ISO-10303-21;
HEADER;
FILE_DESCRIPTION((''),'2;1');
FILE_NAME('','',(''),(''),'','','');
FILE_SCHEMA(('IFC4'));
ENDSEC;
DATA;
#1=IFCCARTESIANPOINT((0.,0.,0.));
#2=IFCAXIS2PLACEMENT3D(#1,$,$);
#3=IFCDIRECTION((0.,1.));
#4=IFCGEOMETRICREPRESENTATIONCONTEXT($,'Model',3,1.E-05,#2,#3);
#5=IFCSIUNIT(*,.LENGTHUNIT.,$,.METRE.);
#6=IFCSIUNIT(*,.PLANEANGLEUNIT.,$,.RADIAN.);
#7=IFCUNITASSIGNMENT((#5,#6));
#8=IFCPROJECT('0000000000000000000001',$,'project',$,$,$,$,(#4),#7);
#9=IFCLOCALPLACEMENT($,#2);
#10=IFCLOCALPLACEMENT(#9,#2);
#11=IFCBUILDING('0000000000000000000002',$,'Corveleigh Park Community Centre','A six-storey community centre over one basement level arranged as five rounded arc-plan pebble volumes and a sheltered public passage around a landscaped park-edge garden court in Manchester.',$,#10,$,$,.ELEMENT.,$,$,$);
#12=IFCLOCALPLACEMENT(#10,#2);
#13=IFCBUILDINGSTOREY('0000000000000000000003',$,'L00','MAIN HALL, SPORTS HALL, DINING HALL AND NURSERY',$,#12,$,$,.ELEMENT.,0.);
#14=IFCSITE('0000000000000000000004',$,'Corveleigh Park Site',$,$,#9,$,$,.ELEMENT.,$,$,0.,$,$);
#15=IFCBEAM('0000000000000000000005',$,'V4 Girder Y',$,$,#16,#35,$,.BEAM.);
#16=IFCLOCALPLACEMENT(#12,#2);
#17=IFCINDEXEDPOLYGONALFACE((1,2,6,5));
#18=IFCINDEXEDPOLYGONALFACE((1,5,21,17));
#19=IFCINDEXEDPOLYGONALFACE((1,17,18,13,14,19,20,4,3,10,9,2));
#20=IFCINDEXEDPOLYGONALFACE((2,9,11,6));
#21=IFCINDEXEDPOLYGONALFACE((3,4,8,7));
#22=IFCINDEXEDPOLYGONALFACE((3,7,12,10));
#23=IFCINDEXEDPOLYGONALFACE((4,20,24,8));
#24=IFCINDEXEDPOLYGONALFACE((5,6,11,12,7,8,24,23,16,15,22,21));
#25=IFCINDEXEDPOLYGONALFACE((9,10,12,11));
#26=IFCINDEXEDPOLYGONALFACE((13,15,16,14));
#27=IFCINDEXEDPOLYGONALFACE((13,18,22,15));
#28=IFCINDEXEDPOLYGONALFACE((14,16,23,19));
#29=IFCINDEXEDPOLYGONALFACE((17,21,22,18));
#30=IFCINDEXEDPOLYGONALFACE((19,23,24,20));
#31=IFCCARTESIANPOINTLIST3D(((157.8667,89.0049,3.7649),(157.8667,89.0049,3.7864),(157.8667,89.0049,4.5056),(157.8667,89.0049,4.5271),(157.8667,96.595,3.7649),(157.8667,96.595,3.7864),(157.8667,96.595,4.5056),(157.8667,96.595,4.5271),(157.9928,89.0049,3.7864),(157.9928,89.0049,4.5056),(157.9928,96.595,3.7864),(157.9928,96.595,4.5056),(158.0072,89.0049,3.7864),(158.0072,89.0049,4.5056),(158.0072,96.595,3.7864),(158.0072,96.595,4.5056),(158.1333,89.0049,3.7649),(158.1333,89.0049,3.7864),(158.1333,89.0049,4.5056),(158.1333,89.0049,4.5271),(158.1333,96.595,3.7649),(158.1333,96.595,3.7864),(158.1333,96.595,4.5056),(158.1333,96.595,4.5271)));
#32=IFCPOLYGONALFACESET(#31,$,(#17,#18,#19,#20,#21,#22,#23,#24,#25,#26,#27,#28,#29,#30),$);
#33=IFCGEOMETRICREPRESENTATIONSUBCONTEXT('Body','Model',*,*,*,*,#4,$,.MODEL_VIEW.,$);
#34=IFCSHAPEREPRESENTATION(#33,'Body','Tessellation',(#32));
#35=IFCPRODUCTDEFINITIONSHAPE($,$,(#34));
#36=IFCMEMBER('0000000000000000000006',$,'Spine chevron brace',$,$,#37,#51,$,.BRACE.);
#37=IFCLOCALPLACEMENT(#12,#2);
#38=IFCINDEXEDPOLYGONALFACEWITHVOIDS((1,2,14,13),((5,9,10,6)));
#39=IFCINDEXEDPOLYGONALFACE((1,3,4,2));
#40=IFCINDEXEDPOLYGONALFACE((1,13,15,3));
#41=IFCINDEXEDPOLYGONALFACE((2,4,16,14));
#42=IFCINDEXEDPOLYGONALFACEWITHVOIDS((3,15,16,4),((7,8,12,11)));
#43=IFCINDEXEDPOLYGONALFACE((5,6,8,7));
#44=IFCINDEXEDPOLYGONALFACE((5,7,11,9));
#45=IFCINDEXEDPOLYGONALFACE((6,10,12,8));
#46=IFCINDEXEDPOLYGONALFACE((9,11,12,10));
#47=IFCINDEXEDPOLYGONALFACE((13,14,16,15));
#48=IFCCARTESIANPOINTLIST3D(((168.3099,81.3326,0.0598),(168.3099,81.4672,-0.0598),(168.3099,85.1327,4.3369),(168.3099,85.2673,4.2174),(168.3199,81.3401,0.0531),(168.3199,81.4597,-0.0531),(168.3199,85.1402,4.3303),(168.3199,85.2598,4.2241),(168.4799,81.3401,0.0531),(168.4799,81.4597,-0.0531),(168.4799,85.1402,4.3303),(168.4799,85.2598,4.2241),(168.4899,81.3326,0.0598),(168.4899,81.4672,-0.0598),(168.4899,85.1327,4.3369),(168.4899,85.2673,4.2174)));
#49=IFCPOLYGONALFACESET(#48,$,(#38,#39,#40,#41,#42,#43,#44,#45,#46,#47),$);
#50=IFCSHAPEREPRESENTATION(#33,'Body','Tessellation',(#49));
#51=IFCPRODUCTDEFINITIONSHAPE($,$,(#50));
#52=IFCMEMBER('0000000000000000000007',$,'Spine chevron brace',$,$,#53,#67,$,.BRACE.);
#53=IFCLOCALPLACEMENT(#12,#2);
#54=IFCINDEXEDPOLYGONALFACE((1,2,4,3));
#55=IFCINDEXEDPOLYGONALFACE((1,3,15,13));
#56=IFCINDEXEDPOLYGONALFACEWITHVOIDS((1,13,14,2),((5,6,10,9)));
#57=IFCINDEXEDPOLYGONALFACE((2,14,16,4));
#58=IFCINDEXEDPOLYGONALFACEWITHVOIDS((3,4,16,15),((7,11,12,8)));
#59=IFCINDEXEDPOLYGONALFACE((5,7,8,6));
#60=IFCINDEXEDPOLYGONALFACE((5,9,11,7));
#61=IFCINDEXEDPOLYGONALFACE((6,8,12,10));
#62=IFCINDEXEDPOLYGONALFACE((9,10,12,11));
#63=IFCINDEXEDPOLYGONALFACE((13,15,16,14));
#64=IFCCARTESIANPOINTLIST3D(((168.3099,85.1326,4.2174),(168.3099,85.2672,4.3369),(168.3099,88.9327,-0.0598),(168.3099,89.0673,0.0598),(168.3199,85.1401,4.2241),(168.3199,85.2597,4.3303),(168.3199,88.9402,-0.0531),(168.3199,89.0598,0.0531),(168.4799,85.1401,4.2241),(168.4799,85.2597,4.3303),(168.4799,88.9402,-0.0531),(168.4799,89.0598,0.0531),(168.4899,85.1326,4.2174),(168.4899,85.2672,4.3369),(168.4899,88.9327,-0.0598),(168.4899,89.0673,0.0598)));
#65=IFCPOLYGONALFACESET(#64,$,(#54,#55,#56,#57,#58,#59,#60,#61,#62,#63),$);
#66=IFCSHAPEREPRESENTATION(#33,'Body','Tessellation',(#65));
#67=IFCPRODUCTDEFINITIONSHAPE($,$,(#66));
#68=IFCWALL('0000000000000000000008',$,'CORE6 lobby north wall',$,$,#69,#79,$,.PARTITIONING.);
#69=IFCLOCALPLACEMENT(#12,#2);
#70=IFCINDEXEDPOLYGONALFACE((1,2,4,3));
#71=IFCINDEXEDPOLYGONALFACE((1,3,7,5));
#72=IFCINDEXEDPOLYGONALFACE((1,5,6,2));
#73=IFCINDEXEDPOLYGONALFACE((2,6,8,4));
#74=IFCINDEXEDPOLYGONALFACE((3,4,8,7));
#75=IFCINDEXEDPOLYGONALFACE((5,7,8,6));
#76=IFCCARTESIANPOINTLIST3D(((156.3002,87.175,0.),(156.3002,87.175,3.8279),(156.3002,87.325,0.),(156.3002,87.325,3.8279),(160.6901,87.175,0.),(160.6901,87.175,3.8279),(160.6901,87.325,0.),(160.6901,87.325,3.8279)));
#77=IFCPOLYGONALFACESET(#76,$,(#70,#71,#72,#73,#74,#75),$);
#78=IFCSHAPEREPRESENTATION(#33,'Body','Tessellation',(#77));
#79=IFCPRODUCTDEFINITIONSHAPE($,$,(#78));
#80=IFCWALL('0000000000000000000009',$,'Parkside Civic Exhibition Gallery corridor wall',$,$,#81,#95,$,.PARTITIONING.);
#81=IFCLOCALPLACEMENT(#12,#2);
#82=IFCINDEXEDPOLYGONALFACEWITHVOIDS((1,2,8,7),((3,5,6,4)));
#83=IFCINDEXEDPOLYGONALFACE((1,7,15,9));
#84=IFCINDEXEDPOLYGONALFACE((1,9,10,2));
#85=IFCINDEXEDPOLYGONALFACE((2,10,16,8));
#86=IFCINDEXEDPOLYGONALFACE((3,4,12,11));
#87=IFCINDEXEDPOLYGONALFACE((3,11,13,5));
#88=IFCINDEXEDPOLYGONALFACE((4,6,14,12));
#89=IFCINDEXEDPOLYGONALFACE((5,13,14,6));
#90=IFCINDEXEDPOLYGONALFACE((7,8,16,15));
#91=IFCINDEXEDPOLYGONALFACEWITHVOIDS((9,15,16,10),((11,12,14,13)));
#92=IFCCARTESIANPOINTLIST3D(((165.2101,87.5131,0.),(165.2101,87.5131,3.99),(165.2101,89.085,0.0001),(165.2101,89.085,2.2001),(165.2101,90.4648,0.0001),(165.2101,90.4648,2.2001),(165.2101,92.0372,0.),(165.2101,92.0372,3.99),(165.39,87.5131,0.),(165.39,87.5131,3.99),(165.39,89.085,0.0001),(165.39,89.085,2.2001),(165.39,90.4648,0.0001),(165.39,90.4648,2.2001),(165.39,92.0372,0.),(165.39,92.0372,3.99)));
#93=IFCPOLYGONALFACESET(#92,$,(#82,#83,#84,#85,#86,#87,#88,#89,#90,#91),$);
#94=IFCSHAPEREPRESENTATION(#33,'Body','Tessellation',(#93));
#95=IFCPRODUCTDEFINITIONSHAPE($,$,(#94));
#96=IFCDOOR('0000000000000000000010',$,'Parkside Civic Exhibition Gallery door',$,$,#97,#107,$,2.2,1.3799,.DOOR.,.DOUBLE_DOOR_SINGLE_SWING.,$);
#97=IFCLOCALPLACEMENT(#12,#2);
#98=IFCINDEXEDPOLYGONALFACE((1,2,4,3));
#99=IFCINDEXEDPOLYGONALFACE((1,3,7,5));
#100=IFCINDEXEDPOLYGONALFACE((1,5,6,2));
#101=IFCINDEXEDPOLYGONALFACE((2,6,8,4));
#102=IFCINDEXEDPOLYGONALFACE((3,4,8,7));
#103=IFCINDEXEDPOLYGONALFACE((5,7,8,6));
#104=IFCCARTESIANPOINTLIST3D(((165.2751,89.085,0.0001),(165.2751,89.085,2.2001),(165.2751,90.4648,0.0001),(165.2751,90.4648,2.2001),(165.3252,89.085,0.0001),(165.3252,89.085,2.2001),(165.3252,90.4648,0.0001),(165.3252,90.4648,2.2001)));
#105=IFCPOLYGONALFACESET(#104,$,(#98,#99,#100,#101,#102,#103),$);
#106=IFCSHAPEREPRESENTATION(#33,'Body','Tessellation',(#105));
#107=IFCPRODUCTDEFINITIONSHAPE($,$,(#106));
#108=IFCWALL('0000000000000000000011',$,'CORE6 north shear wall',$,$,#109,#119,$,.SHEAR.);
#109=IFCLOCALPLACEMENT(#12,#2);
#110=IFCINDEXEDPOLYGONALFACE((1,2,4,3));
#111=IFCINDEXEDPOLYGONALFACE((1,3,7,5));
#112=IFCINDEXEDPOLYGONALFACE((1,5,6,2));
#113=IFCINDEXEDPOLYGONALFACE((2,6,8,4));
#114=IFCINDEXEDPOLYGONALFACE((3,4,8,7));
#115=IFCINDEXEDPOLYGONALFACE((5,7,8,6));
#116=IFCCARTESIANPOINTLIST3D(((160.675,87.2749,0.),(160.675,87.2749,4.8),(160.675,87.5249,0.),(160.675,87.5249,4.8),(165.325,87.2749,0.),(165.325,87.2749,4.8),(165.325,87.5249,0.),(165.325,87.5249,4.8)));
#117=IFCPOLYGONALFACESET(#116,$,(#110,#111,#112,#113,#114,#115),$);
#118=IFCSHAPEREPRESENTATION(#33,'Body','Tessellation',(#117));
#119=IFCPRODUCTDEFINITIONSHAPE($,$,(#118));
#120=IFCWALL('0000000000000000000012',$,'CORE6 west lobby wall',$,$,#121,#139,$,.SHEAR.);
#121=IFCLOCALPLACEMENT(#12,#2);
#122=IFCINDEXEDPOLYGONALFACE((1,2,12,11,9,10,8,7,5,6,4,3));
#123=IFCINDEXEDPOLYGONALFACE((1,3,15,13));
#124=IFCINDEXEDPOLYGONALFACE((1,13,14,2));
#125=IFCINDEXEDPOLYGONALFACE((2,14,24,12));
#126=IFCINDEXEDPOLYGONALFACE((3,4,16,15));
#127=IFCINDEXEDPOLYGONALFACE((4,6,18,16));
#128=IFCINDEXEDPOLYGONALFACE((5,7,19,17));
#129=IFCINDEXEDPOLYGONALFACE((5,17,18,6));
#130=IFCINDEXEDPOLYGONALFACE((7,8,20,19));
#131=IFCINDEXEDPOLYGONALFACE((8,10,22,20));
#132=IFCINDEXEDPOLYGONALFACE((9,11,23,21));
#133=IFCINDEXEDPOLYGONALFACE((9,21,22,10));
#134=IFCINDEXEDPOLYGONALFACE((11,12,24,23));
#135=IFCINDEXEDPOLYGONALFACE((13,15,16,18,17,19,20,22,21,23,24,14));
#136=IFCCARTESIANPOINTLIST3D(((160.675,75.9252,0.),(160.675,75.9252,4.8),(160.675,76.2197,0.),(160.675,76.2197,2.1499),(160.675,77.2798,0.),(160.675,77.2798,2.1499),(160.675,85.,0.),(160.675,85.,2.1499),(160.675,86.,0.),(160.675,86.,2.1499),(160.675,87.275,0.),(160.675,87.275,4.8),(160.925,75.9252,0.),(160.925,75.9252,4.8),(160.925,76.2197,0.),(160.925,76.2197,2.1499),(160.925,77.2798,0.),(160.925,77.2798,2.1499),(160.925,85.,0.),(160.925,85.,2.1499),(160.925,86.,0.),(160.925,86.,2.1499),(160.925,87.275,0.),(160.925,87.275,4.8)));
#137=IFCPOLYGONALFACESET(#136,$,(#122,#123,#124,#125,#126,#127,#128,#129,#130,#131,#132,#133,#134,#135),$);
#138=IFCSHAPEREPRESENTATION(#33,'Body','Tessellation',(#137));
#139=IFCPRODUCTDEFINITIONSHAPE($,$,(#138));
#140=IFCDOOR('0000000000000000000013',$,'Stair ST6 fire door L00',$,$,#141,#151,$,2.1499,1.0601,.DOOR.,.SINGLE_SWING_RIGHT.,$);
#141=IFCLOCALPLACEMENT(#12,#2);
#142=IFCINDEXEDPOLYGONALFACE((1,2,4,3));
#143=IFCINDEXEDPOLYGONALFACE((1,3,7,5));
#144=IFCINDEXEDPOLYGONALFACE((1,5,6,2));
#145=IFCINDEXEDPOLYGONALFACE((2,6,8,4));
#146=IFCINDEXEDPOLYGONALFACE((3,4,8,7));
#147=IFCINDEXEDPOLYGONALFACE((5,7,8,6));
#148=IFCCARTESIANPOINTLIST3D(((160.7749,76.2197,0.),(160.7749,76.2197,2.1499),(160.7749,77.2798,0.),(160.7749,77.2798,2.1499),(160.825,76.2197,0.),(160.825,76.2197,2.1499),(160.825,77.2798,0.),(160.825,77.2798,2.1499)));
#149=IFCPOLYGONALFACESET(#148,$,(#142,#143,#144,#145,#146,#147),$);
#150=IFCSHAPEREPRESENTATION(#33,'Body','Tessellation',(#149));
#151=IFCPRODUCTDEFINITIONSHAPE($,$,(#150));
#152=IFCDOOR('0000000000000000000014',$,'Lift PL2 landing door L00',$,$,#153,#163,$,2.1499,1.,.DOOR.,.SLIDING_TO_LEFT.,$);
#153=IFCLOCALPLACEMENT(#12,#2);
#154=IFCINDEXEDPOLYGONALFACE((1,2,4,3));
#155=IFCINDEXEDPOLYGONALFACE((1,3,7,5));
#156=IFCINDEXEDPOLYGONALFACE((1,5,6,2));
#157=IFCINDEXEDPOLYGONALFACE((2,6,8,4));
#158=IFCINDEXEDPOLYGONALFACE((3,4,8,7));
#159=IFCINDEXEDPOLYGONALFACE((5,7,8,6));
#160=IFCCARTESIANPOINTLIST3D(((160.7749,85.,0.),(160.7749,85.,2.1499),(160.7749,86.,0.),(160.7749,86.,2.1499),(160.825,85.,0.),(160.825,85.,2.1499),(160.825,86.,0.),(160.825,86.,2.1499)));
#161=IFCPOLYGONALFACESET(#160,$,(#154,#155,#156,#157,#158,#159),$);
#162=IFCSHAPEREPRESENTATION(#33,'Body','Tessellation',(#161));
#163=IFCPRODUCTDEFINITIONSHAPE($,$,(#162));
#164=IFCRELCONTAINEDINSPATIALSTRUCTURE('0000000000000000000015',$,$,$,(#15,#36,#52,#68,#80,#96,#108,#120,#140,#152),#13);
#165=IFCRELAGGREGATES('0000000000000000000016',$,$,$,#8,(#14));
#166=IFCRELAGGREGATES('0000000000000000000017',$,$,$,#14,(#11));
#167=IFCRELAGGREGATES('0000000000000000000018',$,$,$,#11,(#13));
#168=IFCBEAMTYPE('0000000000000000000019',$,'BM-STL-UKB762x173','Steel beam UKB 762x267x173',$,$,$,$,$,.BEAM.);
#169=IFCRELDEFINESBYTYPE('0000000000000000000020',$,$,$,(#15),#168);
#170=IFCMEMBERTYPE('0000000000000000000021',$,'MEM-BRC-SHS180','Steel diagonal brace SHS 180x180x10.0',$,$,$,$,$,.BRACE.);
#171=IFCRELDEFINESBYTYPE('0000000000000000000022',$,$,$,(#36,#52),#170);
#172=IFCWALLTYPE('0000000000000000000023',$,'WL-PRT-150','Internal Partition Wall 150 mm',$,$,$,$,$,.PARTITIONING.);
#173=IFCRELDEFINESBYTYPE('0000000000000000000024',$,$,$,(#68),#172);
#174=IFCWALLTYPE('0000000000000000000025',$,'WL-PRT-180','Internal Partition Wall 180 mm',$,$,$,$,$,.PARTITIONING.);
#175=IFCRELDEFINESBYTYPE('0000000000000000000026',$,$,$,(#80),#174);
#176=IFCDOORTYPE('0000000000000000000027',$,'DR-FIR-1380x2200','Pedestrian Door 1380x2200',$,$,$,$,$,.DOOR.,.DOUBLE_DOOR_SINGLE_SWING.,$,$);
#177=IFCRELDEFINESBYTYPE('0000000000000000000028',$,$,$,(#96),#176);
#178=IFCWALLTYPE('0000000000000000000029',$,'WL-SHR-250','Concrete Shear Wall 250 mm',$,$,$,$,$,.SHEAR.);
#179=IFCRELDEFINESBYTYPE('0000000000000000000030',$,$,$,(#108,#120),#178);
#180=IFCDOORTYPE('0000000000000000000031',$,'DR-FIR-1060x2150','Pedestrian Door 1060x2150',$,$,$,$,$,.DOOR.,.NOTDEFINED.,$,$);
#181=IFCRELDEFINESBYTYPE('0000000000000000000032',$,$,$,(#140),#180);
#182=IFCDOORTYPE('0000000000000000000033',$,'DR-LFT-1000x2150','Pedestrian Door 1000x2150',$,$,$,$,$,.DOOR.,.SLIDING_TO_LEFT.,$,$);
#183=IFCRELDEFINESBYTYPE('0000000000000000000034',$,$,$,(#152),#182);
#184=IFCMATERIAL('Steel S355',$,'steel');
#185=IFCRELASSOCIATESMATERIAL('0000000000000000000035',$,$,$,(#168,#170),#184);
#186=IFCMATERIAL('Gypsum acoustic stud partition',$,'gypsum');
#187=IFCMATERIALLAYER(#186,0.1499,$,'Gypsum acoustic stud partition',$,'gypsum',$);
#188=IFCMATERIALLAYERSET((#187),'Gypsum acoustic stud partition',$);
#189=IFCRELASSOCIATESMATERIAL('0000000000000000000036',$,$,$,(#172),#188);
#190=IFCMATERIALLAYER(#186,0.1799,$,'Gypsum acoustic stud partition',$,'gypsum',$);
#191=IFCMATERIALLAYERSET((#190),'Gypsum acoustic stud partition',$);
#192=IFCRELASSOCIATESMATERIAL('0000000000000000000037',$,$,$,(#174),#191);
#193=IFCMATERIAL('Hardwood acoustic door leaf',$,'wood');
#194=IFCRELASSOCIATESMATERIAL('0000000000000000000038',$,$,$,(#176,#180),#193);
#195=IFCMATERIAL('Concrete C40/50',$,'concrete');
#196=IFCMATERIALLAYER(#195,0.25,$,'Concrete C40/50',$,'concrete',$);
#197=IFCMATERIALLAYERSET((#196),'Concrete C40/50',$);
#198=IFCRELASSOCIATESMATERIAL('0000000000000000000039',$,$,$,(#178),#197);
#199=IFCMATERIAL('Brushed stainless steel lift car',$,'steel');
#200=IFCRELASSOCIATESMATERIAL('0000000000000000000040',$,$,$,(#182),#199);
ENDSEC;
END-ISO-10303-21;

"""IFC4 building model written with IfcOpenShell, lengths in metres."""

from ifc_helpers import new_model, si_unit, direction, frame, frame_2d, origin, origin_2d, place, context, subcontext, project, spatial, rectangle, hollow_rectangle, i_section, extrude, material, layer, layer_set, material_profile, profile_set, type_object, element, fill, save


model = new_model("IFC4")

# Units and contexts
model_context = context("Model", 3, precision=1e-05, world=origin(), true_north=direction((0.0, 1.0)))
body_context = subcontext(model_context, "Body", "Model", "MODEL_VIEW")
ifc_project = project(units=[si_unit("LENGTHUNIT", "METRE"), si_unit("PLANEANGLEUNIT", "RADIAN")], contexts=[model_context])

# Site, building, storey
site_placement = place(None, origin())
site = spatial("IfcSite", under=ifc_project, at=site_placement, Name="Corveleigh Park Site", CompositionType="ELEMENT", RefElevation=0.0)
building_placement = place(site_placement, origin())
building = spatial("IfcBuilding", under=site, at=building_placement, Name="Corveleigh Park Community Centre", Description="A six-storey community centre over one basement level arranged as five rounded arc-plan pebble volumes and a sheltered public passage around a landscaped park-edge garden court in Manchester.", CompositionType="ELEMENT")
storey_placement = place(building_placement, origin())
storey = spatial("IfcBuildingStorey", under=building, at=storey_placement, Name="L00", Description="MAIN HALL, SPORTS HALL, DINING HALL AND NURSERY", CompositionType="ELEMENT", Elevation=0.0)

# Shared definitions
ifc_material_1 = material(Name="Concrete C40/50", Category="concrete")
ifc_material_2 = material(Name="Steel S355", Category="steel")

# Beam
ifc_material_profile_1 = material_profile(ifc_material_2, i_section(OverallWidth=0.2666, OverallDepth=0.7622, WebThickness=0.0144, FlangeThickness=0.0215, at=origin_2d()), Name="UKB 762x267x173", Category="steel")
ifc_profile_set_1 = profile_set([ifc_material_profile_1], Name="Steel S355")
beam_type_1 = type_object("IfcBeamType", Name="BM-STL-UKB762x173", Description="Steel beam UKB 762x267x173", PredefinedType="BEAM", material=ifc_profile_set_1)
beam_1_placement = place(storey_placement, frame((158.0, 89.0049, 4.146), z_axis=(0.0, 1.0, 0.0), x_axis=(-1.0, 0.0, 0.0)))
element("IfcBeam", 1, at=beam_1_placement, inside=storey, type_object=beam_type_1, Name="V4 Girder Y", PredefinedType="BEAM", context=body_context, shape_type="SweptSolid", body=[
    extrude(i_section(OverallWidth=0.2666, OverallDepth=0.7622, WebThickness=0.0144, FlangeThickness=0.0215, at=origin_2d()), origin(), (0.0, 0.0, 1.0), 7.5901),
])

# Members
ifc_material_profile_2 = material_profile(ifc_material_2, hollow_rectangle(XDim=0.1799, YDim=0.1799, WallThickness=0.01, at=origin_2d()), Name="SHS 180x180x10.0", Category="steel")
ifc_profile_set_2 = profile_set([ifc_material_profile_2], Name="Steel S355")
member_type = type_object("IfcMemberType", Name="MEM-BRC-SHS180", Description="Steel diagonal brace SHS 180x180x10.0", PredefinedType="BRACE", material=ifc_profile_set_2)
for number, where, z_axis, x_axis, name in (
    (2, (168.3999, 81.3999, 0.0), (0.0, 0.664186, 0.747567), (-1.0, 0.0, 0.0), "Spine chevron brace"),
    (3, (168.3999, 89.0, 0.0), (0.0, -0.664186, 0.747567), (1.0, 0.0, 0.0), "Spine chevron brace"),
):
    element("IfcMember", number, at=place(storey_placement, frame(where, z_axis=z_axis, x_axis=x_axis)), inside=storey, type_object=member_type, Name=name, PredefinedType="BRACE", context=body_context, shape_type="SweptSolid", body=[
        extrude(hollow_rectangle(XDim=0.1799, YDim=0.1799, WallThickness=0.01, at=origin_2d()), origin(), (0.0, 0.0, 1.0), 5.7214),
    ])

# Wall
ifc_material_3 = material(Name="Gypsum acoustic stud partition", Category="gypsum")
ifc_layer_1 = layer(ifc_material_3, 0.1499, Name="Gypsum acoustic stud partition", Category="gypsum")
ifc_layer_set_1 = layer_set([ifc_layer_1], Name="Gypsum acoustic stud partition")
wall_type_1 = type_object("IfcWallType", Name="WL-PRT-150", Description="Internal Partition Wall 150 mm", PredefinedType="PARTITIONING", material=ifc_layer_set_1)
wall_1_placement = place(storey_placement, frame((160.6899, 87.25, 0.0), z_axis=(0.0, 0.0, 1.0), x_axis=(-1.0, 0.0, 0.0)))
element("IfcWall", 4, at=wall_1_placement, inside=storey, type_object=wall_type_1, Name="CORE6 lobby north wall", PredefinedType="PARTITIONING", context=body_context, shape_type="SweptSolid", body=[
    extrude(rectangle(XDim=4.3899, YDim=0.1499, at=frame_2d((2.1948, 0.0))), origin(), (0.0, 0.0, 1.0), 3.8279),
])

# Wall, opening, door
ifc_layer_2 = layer(ifc_material_3, 0.1799, Name="Gypsum acoustic stud partition", Category="gypsum")
ifc_layer_set_2 = layer_set([ifc_layer_2], Name="Gypsum acoustic stud partition")
wall_type_2 = type_object("IfcWallType", Name="WL-PRT-180", Description="Internal Partition Wall 180 mm", PredefinedType="PARTITIONING", material=ifc_layer_set_2)
wall_2_placement = place(storey_placement, frame((165.3, 87.5129, 0.0), z_axis=(0.0, 0.0, 1.0), x_axis=(0.0, 1.0, 0.0)))
wall_2 = element("IfcWall", 5, at=wall_2_placement, inside=storey, type_object=wall_type_2, Name="Parkside Civic Exhibition Gallery corridor wall", PredefinedType="PARTITIONING", context=body_context, shape_type="SweptSolid", body=[
    extrude(rectangle(XDim=4.5242, YDim=0.1799, at=frame_2d((2.2622, 0.0))), origin(), (0.0, 0.0, 1.0), 3.99),
])
opening_1_placement = place(wall_2_placement, frame((1.572, 0.0, 0.0)))
opening_1 = element("IfcOpeningElement", 6, at=opening_1_placement, cuts=wall_2, PredefinedType="OPENING", context=body_context, shape_type="SweptSolid", body=[
    extrude(rectangle(XDim=1.3799, YDim=2.2, at=frame_2d((0.6899, 1.1001))), frame((0.0, 0.0999, 0.0), z_axis=(0.0, -1.0, 0.0), x_axis=(1.0, 0.0, 0.0)), (0.0, 0.0, 1.0), 0.2),
])
ifc_material_4 = material(Name="Hardwood acoustic door leaf", Category="wood")
door_type_1 = type_object("IfcDoorType", Name="DR-FIR-1380x2200", Description="Pedestrian Door 1380x2200", OperationType="DOUBLE_DOOR_SINGLE_SWING", PredefinedType="DOOR", material=ifc_material_4)
door_1_placement = place(opening_1_placement, origin())
door_1 = element("IfcDoor", 7, at=door_1_placement, inside=storey, type_object=door_type_1, Name="Parkside Civic Exhibition Gallery door", OperationType="DOUBLE_DOOR_SINGLE_SWING", OverallHeight=2.2, OverallWidth=1.3799, PredefinedType="DOOR", context=body_context, shape_type="SweptSolid", body=[
    extrude(rectangle(XDim=1.3799, YDim=2.2, at=frame_2d((0.6899, 1.1001))), frame((0.0, 0.0249, 0.0), z_axis=(0.0, -1.0, 0.0), x_axis=(1.0, 0.0, 0.0)), (0.0, 0.0, 1.0), 0.05),
])
fill(opening_1, door_1)

# Wall
ifc_layer_3 = layer(ifc_material_1, 0.25, Name="Concrete C40/50", Category="concrete")
ifc_layer_set_3 = layer_set([ifc_layer_3], Name="Concrete C40/50")
wall_type_3 = type_object("IfcWallType", Name="WL-SHR-250", Description="Concrete Shear Wall 250 mm", PredefinedType="SHEAR", material=ifc_layer_set_3)
wall_3_placement = place(storey_placement, frame((165.325, 87.3999, 0.0), z_axis=(0.0, 0.0, 1.0), x_axis=(-1.0, 0.0, 0.0)))
element("IfcWall", 8, at=wall_3_placement, inside=storey, type_object=wall_type_3, Name="CORE6 north shear wall", PredefinedType="SHEAR", context=body_context, shape_type="SweptSolid", body=[
    extrude(rectangle(XDim=4.6499, YDim=0.25, at=frame_2d((2.325, 0.0))), origin(), (0.0, 0.0, 1.0), 4.8),
])

# Wall, openings, doors
wall_4_placement = place(storey_placement, frame((160.8, 87.2749, 0.0), z_axis=(0.0, 0.0, 1.0), x_axis=(0.0, -1.0, 0.0)))
wall_4 = element("IfcWall", 9, at=wall_4_placement, inside=storey, type_object=wall_type_3, Name="CORE6 west lobby wall", PredefinedType="SHEAR", context=body_context, shape_type="SweptSolid", body=[
    extrude(rectangle(XDim=11.3499, YDim=0.25, at=frame_2d((5.6748, 0.0))), origin(), (0.0, 0.0, 1.0), 4.8),
])
opening_2_placement = place(wall_4_placement, frame((1.2749, 0.0, 0.0)))
opening_2 = element("IfcOpeningElement", 10, at=opening_2_placement, cuts=wall_4, PredefinedType="OPENING", context=body_context, shape_type="SweptSolid", body=[
    extrude(rectangle(XDim=1.0, YDim=2.1499, at=frame_2d((0.5, 1.075))), frame((0.0, 0.135, 0.0), z_axis=(0.0, -1.0, 0.0), x_axis=(1.0, 0.0, 0.0)), (0.0, 0.0, 1.0), 0.27),
])
opening_3_placement = place(wall_4_placement, frame((9.9951, 0.0, 0.0)))
opening_3 = element("IfcOpeningElement", 11, at=opening_3_placement, cuts=wall_4, PredefinedType="OPENING", context=body_context, shape_type="SweptSolid", body=[
    extrude(rectangle(XDim=1.0601, YDim=2.1499, at=frame_2d((0.53, 1.075))), frame((0.0, 0.135, 0.0), z_axis=(0.0, -1.0, 0.0), x_axis=(1.0, 0.0, 0.0)), (0.0, 0.0, 1.0), 0.27),
])
door_type_2 = type_object("IfcDoorType", Name="DR-FIR-1060x2150", Description="Pedestrian Door 1060x2150", OperationType="NOTDEFINED", PredefinedType="DOOR", material=ifc_material_4)
door_2_placement = place(opening_3_placement, origin())
door_2 = element("IfcDoor", 12, at=door_2_placement, inside=storey, type_object=door_type_2, Name="Stair ST6 fire door L00", OperationType="SINGLE_SWING_RIGHT", OverallHeight=2.1499, OverallWidth=1.0601, PredefinedType="DOOR", context=body_context, shape_type="SweptSolid", body=[
    extrude(rectangle(XDim=1.0601, YDim=2.1499, at=frame_2d((0.53, 1.075))), frame((0.0, 0.0249, 0.0), z_axis=(0.0, -1.0, 0.0), x_axis=(1.0, 0.0, 0.0)), (0.0, 0.0, 1.0), 0.05),
])
fill(opening_3, door_2)
ifc_material_5 = material(Name="Brushed stainless steel lift car", Category="steel")
door_type_3 = type_object("IfcDoorType", Name="DR-LFT-1000x2150", Description="Pedestrian Door 1000x2150", OperationType="SLIDING_TO_LEFT", PredefinedType="DOOR", material=ifc_material_5)
door_3_placement = place(opening_2_placement, origin())
door_3 = element("IfcDoor", 13, at=door_3_placement, inside=storey, type_object=door_type_3, Name="Lift PL2 landing door L00", OperationType="SLIDING_TO_LEFT", OverallHeight=2.1499, OverallWidth=1.0, PredefinedType="DOOR", context=body_context, shape_type="SweptSolid", body=[
    extrude(rectangle(XDim=1.0, YDim=2.1499, at=frame_2d((0.5, 1.075))), frame((0.0, 0.0249, 0.0), z_axis=(0.0, -1.0, 0.0), x_axis=(1.0, 0.0, 0.0)), (0.0, 0.0, 1.0), 0.05),
])
fill(opening_2, door_3)

save(model, "model.ifc")
